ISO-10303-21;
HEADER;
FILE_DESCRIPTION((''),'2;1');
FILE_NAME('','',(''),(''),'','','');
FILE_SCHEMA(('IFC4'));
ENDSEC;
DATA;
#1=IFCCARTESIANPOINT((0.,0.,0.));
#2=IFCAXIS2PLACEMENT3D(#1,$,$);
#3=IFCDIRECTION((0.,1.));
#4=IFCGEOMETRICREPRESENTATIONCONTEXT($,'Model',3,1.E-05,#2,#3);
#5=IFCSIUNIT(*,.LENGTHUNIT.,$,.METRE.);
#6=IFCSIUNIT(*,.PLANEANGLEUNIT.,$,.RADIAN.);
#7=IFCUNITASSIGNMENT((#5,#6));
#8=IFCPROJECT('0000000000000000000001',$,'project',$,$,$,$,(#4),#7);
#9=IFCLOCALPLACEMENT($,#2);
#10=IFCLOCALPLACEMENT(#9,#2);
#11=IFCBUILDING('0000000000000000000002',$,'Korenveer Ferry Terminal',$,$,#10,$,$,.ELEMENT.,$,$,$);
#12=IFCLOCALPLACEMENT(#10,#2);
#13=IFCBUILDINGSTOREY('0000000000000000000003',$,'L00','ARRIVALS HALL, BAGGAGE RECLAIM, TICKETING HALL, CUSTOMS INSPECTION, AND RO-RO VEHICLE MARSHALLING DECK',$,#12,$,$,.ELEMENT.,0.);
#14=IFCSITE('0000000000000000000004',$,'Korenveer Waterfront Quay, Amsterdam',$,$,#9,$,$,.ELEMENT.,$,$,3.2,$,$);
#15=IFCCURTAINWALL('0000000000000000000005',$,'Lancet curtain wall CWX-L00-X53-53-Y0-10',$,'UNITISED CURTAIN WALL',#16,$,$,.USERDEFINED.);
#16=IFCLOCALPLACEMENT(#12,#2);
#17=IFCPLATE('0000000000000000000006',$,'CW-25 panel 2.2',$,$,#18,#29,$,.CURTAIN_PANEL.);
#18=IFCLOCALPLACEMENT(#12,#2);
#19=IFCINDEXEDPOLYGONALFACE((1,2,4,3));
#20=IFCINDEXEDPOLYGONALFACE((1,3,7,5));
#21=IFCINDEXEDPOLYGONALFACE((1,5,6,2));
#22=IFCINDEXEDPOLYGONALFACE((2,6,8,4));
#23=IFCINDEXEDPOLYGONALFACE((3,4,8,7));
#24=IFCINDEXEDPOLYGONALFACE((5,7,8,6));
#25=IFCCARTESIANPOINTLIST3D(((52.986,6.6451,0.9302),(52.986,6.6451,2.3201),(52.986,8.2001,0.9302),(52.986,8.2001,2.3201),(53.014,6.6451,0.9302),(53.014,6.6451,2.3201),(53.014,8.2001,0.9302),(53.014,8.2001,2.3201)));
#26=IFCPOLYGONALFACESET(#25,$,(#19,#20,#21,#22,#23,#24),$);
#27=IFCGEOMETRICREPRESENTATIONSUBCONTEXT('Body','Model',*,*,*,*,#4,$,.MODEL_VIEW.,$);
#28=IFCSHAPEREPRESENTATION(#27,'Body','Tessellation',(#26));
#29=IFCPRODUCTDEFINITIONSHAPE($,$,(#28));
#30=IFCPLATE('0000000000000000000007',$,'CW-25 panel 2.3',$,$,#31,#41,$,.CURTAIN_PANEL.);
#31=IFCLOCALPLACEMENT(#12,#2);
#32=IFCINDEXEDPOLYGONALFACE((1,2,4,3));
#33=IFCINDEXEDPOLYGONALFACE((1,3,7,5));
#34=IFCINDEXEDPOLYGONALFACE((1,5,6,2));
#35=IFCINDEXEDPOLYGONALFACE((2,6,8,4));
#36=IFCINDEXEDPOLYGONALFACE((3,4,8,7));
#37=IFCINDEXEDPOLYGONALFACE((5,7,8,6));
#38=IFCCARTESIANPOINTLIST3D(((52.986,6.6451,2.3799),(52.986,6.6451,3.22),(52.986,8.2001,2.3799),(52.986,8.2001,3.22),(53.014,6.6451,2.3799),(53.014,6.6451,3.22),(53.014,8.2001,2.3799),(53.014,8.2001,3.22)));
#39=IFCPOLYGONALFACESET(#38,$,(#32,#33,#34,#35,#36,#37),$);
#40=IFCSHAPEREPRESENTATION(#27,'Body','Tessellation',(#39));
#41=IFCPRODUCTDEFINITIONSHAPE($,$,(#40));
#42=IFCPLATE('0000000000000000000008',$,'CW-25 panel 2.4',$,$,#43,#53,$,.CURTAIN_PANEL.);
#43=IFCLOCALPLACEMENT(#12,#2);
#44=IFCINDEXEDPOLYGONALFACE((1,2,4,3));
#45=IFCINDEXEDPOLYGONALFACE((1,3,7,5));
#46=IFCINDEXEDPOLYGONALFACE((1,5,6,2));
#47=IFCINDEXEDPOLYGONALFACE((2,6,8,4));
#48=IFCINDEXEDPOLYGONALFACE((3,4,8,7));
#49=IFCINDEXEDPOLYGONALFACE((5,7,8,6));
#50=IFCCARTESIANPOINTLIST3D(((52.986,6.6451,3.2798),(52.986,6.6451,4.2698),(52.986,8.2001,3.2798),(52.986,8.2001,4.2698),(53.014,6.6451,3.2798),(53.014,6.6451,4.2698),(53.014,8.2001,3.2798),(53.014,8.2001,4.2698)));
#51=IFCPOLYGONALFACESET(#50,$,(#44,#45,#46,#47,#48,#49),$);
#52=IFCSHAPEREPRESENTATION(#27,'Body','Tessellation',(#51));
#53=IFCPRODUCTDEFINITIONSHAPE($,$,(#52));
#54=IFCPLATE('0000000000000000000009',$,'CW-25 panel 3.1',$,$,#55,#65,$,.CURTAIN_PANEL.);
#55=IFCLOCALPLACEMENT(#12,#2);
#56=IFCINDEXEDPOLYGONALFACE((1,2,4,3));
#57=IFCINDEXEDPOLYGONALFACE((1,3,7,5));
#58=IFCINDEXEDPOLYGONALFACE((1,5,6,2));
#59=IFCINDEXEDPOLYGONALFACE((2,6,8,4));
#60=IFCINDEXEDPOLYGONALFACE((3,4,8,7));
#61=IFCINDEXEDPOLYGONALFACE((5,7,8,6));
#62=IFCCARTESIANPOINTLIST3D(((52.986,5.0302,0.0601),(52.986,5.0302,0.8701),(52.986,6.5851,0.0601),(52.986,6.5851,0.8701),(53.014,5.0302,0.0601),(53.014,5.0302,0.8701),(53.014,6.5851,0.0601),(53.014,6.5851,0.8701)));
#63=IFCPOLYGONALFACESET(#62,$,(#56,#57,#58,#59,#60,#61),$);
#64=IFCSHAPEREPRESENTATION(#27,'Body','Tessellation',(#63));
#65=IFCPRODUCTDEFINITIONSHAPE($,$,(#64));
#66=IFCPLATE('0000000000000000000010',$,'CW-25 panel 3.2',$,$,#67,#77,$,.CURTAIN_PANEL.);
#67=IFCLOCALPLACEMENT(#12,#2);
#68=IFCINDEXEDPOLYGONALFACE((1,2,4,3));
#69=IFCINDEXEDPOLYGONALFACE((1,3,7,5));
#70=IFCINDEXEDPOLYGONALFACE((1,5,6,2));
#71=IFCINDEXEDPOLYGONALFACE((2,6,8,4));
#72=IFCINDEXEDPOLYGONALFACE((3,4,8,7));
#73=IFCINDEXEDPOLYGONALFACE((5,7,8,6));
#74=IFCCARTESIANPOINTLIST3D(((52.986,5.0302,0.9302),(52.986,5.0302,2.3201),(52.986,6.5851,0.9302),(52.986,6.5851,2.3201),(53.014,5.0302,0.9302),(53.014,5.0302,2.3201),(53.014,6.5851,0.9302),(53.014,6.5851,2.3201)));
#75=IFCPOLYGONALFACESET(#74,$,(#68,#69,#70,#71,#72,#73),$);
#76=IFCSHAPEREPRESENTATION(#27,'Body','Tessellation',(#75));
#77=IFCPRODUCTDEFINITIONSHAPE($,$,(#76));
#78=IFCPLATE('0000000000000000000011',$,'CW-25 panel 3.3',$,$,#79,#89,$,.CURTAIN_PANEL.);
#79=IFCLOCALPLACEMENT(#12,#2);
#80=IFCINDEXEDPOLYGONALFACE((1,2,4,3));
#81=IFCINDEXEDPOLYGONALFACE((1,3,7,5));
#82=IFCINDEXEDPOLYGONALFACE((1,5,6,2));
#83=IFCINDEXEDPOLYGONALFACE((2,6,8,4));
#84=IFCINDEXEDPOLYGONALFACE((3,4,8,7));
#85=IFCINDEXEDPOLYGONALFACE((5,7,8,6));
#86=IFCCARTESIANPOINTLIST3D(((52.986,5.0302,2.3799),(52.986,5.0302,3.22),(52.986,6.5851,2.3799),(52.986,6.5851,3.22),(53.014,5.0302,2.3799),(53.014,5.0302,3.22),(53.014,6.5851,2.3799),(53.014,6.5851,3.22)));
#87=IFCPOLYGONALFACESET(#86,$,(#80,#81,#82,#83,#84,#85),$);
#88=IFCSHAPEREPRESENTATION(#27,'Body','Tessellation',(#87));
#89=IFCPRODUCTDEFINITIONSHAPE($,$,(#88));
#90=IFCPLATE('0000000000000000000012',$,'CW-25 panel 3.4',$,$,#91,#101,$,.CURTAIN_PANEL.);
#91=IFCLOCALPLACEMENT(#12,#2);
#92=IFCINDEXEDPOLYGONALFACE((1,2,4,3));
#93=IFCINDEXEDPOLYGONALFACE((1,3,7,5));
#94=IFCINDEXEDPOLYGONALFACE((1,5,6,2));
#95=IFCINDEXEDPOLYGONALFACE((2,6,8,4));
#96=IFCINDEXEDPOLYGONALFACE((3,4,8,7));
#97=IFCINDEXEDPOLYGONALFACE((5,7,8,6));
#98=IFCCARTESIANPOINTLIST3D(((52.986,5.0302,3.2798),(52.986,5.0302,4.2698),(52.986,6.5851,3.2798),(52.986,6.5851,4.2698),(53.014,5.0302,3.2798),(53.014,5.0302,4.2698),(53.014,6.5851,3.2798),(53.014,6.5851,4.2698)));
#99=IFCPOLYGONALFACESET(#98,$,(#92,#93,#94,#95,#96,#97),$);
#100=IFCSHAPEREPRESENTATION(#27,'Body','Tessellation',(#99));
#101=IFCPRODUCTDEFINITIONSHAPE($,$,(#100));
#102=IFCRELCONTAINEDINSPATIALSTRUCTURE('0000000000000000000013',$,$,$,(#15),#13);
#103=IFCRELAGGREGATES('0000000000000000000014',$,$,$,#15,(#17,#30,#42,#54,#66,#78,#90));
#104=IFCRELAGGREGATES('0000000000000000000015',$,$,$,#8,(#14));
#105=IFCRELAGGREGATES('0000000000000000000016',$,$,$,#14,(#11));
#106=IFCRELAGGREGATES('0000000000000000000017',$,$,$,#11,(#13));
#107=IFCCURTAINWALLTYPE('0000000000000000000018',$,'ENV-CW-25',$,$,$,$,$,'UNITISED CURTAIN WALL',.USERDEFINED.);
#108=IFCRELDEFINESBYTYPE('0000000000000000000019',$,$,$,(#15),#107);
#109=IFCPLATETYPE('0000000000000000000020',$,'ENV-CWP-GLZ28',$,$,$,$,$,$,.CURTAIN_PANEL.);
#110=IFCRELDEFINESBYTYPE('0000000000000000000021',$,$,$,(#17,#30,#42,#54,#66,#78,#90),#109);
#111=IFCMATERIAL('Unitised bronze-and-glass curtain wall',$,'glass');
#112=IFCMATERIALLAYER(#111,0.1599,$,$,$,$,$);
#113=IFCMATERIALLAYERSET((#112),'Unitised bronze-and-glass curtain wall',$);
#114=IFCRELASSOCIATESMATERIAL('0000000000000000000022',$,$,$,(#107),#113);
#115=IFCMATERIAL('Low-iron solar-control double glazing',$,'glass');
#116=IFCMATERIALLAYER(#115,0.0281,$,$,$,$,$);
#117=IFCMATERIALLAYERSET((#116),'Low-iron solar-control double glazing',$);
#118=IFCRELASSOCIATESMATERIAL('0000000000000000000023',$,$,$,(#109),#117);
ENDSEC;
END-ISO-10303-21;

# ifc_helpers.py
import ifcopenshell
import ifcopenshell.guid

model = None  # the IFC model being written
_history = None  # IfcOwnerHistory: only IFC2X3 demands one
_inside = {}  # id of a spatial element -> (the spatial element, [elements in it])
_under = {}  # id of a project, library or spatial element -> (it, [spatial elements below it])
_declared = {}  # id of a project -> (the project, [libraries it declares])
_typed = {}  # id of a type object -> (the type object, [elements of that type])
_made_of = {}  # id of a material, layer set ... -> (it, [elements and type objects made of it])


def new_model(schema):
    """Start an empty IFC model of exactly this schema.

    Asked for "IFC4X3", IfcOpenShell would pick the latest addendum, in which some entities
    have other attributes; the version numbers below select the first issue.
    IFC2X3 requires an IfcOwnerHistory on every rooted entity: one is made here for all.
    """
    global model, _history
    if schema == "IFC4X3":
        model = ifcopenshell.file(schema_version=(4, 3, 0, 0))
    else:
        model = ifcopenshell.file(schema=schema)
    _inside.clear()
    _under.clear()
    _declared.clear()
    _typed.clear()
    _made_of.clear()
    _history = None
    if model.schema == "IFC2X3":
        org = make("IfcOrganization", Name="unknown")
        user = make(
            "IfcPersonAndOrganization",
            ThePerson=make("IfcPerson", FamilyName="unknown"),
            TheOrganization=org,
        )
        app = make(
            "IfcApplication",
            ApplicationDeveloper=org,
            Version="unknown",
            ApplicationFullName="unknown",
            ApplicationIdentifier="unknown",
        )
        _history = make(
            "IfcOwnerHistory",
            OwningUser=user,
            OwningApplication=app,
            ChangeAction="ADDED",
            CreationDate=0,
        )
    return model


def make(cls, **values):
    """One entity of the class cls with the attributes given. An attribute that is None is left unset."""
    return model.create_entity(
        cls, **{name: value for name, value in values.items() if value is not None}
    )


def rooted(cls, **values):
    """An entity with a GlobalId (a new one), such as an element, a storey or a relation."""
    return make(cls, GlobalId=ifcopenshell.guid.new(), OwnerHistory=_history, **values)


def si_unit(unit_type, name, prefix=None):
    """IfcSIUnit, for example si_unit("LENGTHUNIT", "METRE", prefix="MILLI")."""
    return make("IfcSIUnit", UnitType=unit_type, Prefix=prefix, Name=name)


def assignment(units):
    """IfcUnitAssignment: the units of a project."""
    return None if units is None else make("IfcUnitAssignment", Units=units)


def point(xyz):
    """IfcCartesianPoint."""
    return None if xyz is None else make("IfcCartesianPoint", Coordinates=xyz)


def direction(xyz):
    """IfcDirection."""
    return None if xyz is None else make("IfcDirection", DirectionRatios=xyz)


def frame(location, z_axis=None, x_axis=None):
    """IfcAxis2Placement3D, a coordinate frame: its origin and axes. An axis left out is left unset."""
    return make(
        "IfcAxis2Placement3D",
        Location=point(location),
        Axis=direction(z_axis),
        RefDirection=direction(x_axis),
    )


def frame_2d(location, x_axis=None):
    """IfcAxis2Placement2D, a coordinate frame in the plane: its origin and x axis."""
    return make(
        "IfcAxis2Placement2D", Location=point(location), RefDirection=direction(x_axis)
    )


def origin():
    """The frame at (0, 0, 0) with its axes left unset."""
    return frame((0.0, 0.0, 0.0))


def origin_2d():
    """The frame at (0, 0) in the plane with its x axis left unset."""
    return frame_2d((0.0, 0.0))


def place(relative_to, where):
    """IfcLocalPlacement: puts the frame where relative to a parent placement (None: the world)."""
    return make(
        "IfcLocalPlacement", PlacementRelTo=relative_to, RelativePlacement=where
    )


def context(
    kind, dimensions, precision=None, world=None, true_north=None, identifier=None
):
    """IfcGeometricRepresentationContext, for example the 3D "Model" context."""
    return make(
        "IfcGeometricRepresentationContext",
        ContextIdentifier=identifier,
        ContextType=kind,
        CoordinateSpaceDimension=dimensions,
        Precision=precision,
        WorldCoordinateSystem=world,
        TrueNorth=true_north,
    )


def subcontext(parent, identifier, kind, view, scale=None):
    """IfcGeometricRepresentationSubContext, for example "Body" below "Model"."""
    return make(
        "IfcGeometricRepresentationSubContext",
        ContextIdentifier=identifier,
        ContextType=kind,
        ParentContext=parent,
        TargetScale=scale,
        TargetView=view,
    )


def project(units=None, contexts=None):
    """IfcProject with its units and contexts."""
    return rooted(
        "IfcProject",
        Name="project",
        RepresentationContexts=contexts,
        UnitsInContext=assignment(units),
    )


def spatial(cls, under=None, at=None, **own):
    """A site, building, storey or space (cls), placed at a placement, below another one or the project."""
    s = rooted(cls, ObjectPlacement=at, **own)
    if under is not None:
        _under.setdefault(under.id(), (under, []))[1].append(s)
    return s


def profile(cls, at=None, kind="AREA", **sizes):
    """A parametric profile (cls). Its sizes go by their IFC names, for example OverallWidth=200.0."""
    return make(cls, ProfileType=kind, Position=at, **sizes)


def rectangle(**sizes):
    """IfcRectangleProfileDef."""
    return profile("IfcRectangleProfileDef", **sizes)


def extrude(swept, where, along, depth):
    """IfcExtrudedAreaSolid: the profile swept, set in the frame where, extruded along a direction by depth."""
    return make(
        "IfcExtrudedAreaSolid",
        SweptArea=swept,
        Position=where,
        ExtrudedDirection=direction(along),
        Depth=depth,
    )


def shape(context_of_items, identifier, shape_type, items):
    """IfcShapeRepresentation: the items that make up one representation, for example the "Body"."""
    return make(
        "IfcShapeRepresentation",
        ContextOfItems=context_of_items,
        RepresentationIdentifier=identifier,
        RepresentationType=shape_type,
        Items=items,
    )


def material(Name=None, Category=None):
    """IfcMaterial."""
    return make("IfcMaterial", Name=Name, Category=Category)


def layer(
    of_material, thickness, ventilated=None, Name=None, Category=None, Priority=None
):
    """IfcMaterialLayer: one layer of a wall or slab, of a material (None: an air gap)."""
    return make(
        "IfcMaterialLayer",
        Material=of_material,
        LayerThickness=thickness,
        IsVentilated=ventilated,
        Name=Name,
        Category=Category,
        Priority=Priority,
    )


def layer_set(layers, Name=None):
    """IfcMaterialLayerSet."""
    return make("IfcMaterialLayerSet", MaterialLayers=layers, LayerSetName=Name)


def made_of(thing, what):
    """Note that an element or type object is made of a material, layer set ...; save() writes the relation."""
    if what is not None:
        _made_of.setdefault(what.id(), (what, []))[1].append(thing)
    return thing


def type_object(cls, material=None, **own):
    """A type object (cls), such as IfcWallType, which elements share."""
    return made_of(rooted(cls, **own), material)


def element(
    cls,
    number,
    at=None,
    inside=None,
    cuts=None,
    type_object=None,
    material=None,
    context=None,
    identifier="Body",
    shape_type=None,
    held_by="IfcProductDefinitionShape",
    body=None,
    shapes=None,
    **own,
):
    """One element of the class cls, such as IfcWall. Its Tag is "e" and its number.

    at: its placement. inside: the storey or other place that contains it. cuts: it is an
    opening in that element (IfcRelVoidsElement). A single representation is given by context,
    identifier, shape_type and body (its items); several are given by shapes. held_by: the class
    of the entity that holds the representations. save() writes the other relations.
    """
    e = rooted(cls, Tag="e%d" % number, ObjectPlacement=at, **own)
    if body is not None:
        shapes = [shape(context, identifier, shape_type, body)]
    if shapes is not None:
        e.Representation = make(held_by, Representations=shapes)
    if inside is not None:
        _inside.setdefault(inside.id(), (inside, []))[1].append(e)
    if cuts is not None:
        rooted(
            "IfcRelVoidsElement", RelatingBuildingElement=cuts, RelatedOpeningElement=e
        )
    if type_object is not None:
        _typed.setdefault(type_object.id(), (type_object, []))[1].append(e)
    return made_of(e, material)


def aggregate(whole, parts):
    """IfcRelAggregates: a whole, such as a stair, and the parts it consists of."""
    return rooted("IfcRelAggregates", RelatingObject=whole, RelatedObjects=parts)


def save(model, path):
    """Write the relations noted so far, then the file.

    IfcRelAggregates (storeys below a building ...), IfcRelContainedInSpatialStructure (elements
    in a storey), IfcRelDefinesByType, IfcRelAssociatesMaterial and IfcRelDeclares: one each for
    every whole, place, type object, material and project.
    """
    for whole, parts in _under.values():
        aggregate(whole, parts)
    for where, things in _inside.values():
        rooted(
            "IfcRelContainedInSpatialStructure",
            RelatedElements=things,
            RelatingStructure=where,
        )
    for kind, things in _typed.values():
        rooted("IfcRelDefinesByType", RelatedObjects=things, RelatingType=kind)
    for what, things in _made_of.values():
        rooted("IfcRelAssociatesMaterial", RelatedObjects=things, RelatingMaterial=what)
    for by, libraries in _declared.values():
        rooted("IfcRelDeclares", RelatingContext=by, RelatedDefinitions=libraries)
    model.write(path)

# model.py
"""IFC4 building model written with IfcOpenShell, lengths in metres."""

from ifc_helpers import new_model, si_unit, direction, frame, origin, origin_2d, place, context, subcontext, project, spatial, rectangle, extrude, material, layer, layer_set, type_object, element, aggregate, save


model = new_model("IFC4")

# Units and contexts
model_context = context("Model", 3, precision=1e-05, world=origin(), true_north=direction((0.0, 1.0)))
body_context = subcontext(model_context, "Body", "Model", "MODEL_VIEW")
ifc_project = project(units=[si_unit("LENGTHUNIT", "METRE"), si_unit("PLANEANGLEUNIT", "RADIAN")], contexts=[model_context])

# Site, building, storey
site_placement = place(None, origin())
site = spatial("IfcSite", under=ifc_project, at=site_placement, Name="Korenveer Waterfront Quay, Amsterdam", CompositionType="ELEMENT", RefElevation=3.2)
building_placement = place(site_placement, origin())
building = spatial("IfcBuilding", under=site, at=building_placement, Name="Korenveer Ferry Terminal", CompositionType="ELEMENT")
storey_placement = place(building_placement, origin())
storey = spatial("IfcBuildingStorey", under=building, at=storey_placement, Name="L00", Description="ARRIVALS HALL, BAGGAGE RECLAIM, TICKETING HALL, CUSTOMS INSPECTION, AND RO-RO VEHICLE MARSHALLING DECK", CompositionType="ELEMENT", Elevation=0.0)

# Curtain wall, plates
ifc_material_1 = material(Name="Unitised bronze-and-glass curtain wall", Category="glass")
ifc_layer_1 = layer(ifc_material_1, 0.1599)
ifc_layer_set_1 = layer_set([ifc_layer_1], Name="Unitised bronze-and-glass curtain wall")
curtain_wall_type = type_object("IfcCurtainWallType", Name="ENV-CW-25", ElementType="UNITISED CURTAIN WALL", PredefinedType="USERDEFINED", material=ifc_layer_set_1)
curtain_wall_placement = place(storey_placement, frame((53.0, 9.845, 0.0)))
curtain_wall = element("IfcCurtainWall", 1, at=curtain_wall_placement, inside=storey, type_object=curtain_wall_type, Name="Lancet curtain wall CWX-L00-X53-53-Y0-10", ObjectType="UNITISED CURTAIN WALL", PredefinedType="USERDEFINED")
ifc_material_2 = material(Name="Low-iron solar-control double glazing", Category="glass")
ifc_layer_2 = layer(ifc_material_2, 0.0281)
ifc_layer_set_2 = layer_set([ifc_layer_2], Name="Low-iron solar-control double glazing")
plate_type = type_object("IfcPlateType", Name="ENV-CWP-GLZ28", PredefinedType="CURTAIN_PANEL", material=ifc_layer_set_2)
plate_1_placement = place(storey_placement, frame((53.0, 7.4226, 0.9302), z_axis=(0.0, 0.0, 1.0), x_axis=(0.0, -1.0, 0.0)))
plate_1 = element("IfcPlate", 2, at=plate_1_placement, type_object=plate_type, Name="CW-25 panel 2.2", PredefinedType="CURTAIN_PANEL", context=body_context, shape_type="SweptSolid", body=[
    extrude(rectangle(XDim=1.5549, YDim=0.0281, at=origin_2d()), origin(), (0.0, 0.0, 1.0), 1.3899),
])
plate_2_placement = place(storey_placement, frame((53.0, 7.4226, 2.3799), z_axis=(0.0, 0.0, 1.0), x_axis=(0.0, -1.0, 0.0)))
plate_2 = element("IfcPlate", 3, at=plate_2_placement, type_object=plate_type, Name="CW-25 panel 2.3", PredefinedType="CURTAIN_PANEL", context=body_context, shape_type="SweptSolid", body=[
    extrude(rectangle(XDim=1.5549, YDim=0.0281, at=origin_2d()), origin(), (0.0, 0.0, 1.0), 0.8401),
])
plate_3_placement = place(storey_placement, frame((53.0, 7.4226, 3.2798), z_axis=(0.0, 0.0, 1.0), x_axis=(0.0, -1.0, 0.0)))
plate_3 = element("IfcPlate", 4, at=plate_3_placement, type_object=plate_type, Name="CW-25 panel 2.4", PredefinedType="CURTAIN_PANEL", context=body_context, shape_type="SweptSolid", body=[
    extrude(rectangle(XDim=1.5549, YDim=0.0281, at=origin_2d()), origin(), (0.0, 0.0, 1.0), 0.99),
])
plate_4_placement = place(storey_placement, frame((53.0, 5.8076, 0.0601), z_axis=(0.0, 0.0, 1.0), x_axis=(0.0, -1.0, 0.0)))
plate_4 = element("IfcPlate", 5, at=plate_4_placement, type_object=plate_type, Name="CW-25 panel 3.1", PredefinedType="CURTAIN_PANEL", context=body_context, shape_type="SweptSolid", body=[
    extrude(rectangle(XDim=1.5549, YDim=0.0281, at=origin_2d()), origin(), (0.0, 0.0, 1.0), 0.8101),
])
plate_5_placement = place(storey_placement, frame((53.0, 5.8076, 0.9302), z_axis=(0.0, 0.0, 1.0), x_axis=(0.0, -1.0, 0.0)))
plate_5 = element("IfcPlate", 6, at=plate_5_placement, type_object=plate_type, Name="CW-25 panel 3.2", PredefinedType="CURTAIN_PANEL", context=body_context, shape_type="SweptSolid", body=[
    extrude(rectangle(XDim=1.5549, YDim=0.0281, at=origin_2d()), origin(), (0.0, 0.0, 1.0), 1.3899),
])
plate_6_placement = place(storey_placement, frame((53.0, 5.8076, 2.3799), z_axis=(0.0, 0.0, 1.0), x_axis=(0.0, -1.0, 0.0)))
plate_6 = element("IfcPlate", 7, at=plate_6_placement, type_object=plate_type, Name="CW-25 panel 3.3", PredefinedType="CURTAIN_PANEL", context=body_context, shape_type="SweptSolid", body=[
    extrude(rectangle(XDim=1.5549, YDim=0.0281, at=origin_2d()), origin(), (0.0, 0.0, 1.0), 0.8401),
])
plate_7_placement = place(storey_placement, frame((53.0, 5.8076, 3.2798), z_axis=(0.0, 0.0, 1.0), x_axis=(0.0, -1.0, 0.0)))
plate_7 = element("IfcPlate", 8, at=plate_7_placement, type_object=plate_type, Name="CW-25 panel 3.4", PredefinedType="CURTAIN_PANEL", context=body_context, shape_type="SweptSolid", body=[
    extrude(rectangle(XDim=1.5549, YDim=0.0281, at=origin_2d()), origin(), (0.0, 0.0, 1.0), 0.99),
])
aggregate(curtain_wall, [plate_1, plate_2, plate_3, plate_4, plate_5, plate_6, plate_7])

save(model, "model.ifc")
